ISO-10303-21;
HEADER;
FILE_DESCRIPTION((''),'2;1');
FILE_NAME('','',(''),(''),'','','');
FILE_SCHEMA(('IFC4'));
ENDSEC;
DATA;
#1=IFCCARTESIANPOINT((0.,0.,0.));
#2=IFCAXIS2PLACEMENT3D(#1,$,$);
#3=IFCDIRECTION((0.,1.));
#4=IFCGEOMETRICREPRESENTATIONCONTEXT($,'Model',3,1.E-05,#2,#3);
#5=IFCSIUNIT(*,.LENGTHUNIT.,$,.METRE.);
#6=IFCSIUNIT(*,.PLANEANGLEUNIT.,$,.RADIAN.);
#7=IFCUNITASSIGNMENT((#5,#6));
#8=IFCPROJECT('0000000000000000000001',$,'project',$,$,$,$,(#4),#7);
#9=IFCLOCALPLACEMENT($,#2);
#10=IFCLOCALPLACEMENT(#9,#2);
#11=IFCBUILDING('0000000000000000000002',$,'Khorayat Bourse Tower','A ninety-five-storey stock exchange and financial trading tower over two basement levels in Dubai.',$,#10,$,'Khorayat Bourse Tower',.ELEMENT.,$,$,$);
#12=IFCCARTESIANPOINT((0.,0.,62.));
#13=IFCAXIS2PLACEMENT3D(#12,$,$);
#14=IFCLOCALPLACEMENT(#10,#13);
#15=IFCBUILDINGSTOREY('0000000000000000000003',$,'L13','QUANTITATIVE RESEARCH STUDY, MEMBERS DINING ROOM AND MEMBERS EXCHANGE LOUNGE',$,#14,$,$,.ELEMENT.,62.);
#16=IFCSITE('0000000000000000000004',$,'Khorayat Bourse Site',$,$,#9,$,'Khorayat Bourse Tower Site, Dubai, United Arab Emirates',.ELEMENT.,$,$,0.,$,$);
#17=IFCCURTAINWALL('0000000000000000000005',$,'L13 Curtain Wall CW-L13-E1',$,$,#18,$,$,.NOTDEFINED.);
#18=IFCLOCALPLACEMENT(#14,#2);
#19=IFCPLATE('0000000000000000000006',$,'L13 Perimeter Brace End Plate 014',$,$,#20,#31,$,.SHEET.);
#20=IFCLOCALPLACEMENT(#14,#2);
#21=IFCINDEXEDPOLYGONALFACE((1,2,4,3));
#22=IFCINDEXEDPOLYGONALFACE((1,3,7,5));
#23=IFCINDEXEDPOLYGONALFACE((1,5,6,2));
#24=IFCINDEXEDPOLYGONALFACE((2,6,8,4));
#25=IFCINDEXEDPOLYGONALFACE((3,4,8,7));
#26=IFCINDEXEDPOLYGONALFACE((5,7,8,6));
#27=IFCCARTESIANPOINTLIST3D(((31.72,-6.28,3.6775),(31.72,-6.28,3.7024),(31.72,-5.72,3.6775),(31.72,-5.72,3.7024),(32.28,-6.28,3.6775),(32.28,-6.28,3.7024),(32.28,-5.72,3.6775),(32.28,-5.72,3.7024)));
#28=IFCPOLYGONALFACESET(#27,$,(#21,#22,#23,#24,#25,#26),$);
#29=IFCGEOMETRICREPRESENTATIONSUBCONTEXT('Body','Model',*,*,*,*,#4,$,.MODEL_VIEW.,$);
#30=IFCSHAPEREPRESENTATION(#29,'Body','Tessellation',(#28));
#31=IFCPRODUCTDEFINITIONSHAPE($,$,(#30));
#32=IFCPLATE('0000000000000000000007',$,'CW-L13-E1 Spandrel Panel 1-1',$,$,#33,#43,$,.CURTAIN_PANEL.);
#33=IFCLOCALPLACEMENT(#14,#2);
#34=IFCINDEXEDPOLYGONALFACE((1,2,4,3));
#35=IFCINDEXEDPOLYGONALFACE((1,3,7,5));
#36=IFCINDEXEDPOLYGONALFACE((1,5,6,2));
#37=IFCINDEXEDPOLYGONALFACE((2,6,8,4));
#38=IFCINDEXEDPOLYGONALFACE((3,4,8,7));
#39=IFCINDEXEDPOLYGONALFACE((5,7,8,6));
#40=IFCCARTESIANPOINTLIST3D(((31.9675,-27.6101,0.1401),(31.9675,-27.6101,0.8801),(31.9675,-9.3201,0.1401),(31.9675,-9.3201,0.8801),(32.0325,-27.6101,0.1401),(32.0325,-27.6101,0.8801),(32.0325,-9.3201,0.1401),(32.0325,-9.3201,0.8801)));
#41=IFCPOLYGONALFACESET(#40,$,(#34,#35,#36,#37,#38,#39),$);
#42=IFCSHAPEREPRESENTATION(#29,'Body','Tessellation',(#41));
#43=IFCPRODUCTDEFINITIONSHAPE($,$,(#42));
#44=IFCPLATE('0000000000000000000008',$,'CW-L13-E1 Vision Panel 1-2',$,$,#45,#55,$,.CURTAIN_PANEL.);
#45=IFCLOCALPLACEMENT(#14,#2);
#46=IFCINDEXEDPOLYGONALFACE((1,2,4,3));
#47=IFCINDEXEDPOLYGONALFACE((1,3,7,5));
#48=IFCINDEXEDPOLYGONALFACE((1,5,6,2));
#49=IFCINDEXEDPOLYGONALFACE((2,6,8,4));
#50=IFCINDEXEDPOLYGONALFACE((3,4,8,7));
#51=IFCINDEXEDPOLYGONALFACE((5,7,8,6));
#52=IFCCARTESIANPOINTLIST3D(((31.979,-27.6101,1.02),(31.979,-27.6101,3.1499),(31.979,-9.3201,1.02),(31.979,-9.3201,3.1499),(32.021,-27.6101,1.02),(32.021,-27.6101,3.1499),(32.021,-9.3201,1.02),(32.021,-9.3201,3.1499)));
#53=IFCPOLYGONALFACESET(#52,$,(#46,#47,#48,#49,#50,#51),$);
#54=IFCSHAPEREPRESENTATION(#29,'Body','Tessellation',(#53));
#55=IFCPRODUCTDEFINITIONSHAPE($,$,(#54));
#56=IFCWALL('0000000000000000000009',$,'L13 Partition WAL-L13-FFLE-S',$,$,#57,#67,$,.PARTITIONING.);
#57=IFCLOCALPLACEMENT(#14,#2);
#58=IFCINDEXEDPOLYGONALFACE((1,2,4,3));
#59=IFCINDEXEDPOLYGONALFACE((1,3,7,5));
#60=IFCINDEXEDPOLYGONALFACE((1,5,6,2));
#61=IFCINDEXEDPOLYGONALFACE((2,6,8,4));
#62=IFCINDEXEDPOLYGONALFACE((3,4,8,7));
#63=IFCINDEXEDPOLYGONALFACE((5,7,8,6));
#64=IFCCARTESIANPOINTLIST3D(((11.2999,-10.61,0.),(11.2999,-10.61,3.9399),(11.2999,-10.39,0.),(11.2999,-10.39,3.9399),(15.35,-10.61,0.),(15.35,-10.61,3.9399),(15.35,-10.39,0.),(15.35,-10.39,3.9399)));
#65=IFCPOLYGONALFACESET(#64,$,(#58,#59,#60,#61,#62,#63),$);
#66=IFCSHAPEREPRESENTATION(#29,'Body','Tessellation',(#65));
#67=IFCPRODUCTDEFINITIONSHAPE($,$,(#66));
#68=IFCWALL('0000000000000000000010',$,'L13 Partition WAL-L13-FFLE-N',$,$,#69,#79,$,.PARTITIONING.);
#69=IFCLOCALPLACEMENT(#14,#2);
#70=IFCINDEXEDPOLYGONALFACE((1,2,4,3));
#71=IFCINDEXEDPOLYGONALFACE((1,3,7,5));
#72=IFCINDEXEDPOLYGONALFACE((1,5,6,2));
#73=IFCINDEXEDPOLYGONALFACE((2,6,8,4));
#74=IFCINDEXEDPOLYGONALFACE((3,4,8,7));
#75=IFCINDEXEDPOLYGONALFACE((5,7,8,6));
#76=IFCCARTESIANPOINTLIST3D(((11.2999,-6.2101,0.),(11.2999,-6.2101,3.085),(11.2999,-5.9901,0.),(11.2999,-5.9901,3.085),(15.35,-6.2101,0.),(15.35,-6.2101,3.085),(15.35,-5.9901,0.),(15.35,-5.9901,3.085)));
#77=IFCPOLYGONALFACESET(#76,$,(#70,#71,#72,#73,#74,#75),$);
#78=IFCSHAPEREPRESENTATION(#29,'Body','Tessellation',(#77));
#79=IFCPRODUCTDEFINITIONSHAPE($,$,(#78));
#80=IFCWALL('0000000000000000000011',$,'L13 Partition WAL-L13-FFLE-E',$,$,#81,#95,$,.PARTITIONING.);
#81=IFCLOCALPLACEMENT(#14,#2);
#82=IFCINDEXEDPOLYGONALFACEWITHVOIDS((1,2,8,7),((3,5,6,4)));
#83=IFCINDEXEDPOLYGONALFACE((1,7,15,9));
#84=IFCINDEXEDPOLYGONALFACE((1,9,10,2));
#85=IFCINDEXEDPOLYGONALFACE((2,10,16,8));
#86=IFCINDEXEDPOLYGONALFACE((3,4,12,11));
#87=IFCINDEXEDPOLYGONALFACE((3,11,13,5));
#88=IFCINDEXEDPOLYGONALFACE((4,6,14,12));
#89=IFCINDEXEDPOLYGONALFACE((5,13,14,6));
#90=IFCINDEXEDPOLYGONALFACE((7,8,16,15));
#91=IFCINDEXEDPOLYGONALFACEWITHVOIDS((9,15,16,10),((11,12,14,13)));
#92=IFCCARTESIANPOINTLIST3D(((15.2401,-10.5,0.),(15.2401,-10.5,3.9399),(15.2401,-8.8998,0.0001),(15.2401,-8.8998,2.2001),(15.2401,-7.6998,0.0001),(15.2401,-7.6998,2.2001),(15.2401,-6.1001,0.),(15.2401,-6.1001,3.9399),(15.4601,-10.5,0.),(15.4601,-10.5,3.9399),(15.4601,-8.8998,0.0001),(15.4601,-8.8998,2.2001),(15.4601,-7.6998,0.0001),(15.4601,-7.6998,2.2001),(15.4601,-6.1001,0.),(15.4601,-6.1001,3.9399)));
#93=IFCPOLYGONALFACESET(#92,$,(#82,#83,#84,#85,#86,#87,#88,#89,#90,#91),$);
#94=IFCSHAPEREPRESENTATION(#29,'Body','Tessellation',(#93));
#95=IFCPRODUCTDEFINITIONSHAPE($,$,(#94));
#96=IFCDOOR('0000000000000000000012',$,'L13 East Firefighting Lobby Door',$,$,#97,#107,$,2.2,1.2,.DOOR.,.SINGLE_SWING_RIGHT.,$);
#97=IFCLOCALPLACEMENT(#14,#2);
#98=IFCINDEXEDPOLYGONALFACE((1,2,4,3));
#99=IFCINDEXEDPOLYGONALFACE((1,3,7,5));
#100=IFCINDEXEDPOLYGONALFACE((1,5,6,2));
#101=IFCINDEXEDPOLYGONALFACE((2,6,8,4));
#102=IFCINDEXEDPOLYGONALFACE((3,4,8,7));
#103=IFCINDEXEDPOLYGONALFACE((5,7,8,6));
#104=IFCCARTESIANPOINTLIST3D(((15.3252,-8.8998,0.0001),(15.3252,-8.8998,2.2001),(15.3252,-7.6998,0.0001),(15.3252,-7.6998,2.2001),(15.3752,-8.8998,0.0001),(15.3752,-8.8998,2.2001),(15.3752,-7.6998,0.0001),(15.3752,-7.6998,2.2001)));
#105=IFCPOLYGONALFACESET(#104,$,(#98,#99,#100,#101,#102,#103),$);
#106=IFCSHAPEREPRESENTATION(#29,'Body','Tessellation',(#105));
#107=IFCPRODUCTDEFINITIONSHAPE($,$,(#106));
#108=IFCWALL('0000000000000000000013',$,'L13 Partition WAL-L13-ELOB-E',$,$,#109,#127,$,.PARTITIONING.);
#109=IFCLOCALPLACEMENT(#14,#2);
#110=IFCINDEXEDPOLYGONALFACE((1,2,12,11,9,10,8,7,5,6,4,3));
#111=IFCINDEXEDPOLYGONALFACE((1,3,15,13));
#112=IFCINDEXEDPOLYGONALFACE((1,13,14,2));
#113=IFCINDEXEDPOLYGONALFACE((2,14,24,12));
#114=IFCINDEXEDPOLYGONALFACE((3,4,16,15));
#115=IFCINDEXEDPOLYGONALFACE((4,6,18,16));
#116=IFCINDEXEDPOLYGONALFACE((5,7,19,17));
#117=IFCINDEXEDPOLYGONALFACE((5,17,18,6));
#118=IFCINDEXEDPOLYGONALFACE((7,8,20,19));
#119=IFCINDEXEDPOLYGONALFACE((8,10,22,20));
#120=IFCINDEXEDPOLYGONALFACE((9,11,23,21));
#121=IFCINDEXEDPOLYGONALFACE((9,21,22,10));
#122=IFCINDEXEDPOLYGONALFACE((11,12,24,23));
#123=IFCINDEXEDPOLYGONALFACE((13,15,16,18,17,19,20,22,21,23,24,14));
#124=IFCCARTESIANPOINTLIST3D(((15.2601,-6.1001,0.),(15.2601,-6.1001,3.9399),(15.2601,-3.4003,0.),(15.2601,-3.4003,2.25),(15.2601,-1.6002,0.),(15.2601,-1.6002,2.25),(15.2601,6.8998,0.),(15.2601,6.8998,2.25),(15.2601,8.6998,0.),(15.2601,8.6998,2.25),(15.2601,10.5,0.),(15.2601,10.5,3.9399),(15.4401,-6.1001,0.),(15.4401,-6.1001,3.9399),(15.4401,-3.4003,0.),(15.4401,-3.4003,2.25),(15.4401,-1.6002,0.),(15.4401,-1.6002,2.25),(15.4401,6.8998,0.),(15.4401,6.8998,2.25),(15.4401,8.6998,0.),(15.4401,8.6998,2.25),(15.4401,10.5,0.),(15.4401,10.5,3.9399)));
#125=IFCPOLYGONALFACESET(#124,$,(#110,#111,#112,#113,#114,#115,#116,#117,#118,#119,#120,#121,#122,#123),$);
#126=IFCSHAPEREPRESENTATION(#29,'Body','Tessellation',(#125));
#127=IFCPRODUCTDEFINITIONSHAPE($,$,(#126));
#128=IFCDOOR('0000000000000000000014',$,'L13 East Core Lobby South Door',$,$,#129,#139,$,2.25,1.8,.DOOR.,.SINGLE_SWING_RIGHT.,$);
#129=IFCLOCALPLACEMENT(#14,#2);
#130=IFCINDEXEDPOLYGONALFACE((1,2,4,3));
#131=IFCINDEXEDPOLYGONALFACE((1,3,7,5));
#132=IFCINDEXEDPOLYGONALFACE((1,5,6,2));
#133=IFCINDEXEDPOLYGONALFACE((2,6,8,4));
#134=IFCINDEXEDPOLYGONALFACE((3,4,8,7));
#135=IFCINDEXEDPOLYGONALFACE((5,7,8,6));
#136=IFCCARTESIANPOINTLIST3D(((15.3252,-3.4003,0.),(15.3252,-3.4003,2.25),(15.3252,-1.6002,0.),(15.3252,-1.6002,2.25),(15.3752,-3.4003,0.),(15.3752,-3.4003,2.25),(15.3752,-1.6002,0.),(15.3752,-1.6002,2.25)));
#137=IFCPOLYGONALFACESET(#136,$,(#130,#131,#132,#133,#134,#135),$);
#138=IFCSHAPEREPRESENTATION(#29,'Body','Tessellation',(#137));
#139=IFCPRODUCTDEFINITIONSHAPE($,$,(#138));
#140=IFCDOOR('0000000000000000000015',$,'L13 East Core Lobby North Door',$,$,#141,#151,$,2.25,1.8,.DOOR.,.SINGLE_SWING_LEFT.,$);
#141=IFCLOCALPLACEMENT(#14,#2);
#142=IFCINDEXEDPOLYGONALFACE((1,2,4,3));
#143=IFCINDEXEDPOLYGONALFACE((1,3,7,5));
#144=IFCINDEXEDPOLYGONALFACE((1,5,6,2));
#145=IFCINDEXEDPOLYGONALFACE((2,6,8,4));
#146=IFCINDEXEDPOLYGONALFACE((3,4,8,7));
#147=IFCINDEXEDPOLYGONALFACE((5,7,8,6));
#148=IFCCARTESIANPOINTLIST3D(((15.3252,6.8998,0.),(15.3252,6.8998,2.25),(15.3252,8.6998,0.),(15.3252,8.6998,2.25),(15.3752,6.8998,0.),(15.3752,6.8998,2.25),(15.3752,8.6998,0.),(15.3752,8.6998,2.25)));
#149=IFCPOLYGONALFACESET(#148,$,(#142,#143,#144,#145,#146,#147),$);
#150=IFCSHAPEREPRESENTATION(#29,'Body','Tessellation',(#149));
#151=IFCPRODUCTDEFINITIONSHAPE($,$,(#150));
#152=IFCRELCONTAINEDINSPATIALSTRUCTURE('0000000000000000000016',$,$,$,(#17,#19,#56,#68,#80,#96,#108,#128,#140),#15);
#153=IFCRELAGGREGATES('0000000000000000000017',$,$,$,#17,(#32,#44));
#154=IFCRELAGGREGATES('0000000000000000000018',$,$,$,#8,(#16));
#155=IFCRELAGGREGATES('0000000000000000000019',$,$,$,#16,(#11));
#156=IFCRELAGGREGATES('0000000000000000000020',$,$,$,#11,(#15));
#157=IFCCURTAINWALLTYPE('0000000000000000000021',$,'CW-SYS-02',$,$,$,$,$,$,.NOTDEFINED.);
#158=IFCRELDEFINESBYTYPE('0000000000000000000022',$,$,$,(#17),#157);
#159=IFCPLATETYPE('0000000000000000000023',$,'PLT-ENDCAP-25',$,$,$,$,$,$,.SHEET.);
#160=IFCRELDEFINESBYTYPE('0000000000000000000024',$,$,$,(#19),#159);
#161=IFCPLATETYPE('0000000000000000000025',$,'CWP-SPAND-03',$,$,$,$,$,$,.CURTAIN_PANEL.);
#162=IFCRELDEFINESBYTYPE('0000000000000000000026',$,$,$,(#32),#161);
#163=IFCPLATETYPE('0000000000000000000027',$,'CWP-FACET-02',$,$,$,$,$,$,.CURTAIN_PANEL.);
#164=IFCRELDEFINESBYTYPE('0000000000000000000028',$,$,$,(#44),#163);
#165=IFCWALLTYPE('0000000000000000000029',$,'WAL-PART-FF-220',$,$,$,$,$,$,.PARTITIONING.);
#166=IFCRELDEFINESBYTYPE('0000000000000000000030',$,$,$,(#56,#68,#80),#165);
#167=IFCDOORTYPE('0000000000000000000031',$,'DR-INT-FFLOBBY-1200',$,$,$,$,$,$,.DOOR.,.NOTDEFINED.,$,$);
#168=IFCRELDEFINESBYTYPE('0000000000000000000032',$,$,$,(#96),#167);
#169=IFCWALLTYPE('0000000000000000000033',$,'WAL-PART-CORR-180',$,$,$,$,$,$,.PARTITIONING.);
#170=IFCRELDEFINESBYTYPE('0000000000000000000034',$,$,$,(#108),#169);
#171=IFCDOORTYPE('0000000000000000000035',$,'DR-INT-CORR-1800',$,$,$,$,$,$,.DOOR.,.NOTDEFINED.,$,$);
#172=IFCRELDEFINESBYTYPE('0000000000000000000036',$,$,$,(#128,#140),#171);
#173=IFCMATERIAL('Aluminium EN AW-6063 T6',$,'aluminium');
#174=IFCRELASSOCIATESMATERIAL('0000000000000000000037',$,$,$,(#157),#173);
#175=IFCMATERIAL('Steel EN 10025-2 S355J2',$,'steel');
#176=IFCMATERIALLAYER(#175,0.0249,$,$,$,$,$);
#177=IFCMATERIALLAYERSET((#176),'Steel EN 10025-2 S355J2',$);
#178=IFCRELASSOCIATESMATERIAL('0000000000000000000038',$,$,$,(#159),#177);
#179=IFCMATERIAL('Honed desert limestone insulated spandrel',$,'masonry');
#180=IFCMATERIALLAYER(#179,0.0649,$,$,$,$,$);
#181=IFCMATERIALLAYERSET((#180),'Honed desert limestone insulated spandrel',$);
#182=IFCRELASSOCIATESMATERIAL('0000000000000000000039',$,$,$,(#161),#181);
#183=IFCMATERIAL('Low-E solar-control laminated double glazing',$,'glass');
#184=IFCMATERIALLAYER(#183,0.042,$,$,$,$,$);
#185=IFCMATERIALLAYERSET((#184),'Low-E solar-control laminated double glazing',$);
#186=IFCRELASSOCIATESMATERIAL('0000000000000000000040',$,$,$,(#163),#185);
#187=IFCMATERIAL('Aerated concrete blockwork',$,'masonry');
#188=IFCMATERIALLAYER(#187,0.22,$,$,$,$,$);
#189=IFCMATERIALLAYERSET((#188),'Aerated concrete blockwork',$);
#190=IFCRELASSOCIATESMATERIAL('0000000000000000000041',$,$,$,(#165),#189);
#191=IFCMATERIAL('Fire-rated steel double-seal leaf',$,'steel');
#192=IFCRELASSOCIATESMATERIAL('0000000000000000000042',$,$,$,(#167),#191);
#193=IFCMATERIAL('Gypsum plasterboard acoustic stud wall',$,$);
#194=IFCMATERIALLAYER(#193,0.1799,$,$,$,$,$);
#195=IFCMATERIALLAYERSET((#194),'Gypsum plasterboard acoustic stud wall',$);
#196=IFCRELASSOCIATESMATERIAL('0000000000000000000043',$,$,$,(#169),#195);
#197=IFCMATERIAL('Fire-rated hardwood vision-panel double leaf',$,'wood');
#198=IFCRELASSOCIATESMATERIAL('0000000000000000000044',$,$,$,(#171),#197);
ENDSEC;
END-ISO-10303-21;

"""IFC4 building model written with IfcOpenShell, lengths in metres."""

from ifc_helpers import new_model, si_unit, direction, frame, frame_2d, origin, origin_2d, place, context, subcontext, project, spatial, rectangle, extrude, source, transform, mapped, material, layer, layer_set, type_object, element, fill, aggregate, save


model = new_model("IFC4")

# Units and contexts
model_context = context("Model", 3, precision=1e-05, world=origin(), true_north=direction((0.0, 1.0)))
body_context = subcontext(model_context, "Body", "Model", "MODEL_VIEW")
ifc_project = project(units=[si_unit("LENGTHUNIT", "METRE"), si_unit("PLANEANGLEUNIT", "RADIAN")], contexts=[model_context])

# Site, building, storey
site_placement = place(None, origin())
site = spatial("IfcSite", under=ifc_project, at=site_placement, Name="Khorayat Bourse Site", LongName="Khorayat Bourse Tower Site, Dubai, United Arab Emirates", CompositionType="ELEMENT", RefElevation=0.0)
building_placement = place(site_placement, origin())
building = spatial("IfcBuilding", under=site, at=building_placement, Name="Khorayat Bourse Tower", Description="A ninety-five-storey stock exchange and financial trading tower over two basement levels in Dubai.", LongName="Khorayat Bourse Tower", CompositionType="ELEMENT")
storey_placement = place(building_placement, frame((0.0, 0.0, 62.0)))
storey = spatial("IfcBuildingStorey", under=building, at=storey_placement, Name="L13", Description="QUANTITATIVE RESEARCH STUDY, MEMBERS DINING ROOM AND MEMBERS EXCHANGE LOUNGE", CompositionType="ELEMENT", Elevation=62.0)

# Curtain wall
ifc_material_1 = material(Name="Aluminium EN AW-6063 T6", Category="aluminium")
curtain_wall_type = type_object("IfcCurtainWallType", Name="CW-SYS-02", PredefinedType="NOTDEFINED", material=ifc_material_1)
curtain_wall_placement = place(storey_placement, origin())
curtain_wall = element("IfcCurtainWall", 1, at=curtain_wall_placement, inside=storey, type_object=curtain_wall_type, Name="L13 Curtain Wall CW-L13-E1", PredefinedType="NOTDEFINED")

# Plate
ifc_material_2 = material(Name="Steel EN 10025-2 S355J2", Category="steel")
ifc_layer_1 = layer(ifc_material_2, 0.0249)
ifc_layer_set_1 = layer_set([ifc_layer_1], Name="Steel EN 10025-2 S355J2")
plate_type_1 = type_object("IfcPlateType", Name="PLT-ENDCAP-25", PredefinedType="SHEET", material=ifc_layer_set_1)
shared_shape_1 = source(origin(), body_context, "Body", "SweptSolid", [
    extrude(rectangle(XDim=0.5601, YDim=0.5601, at=origin_2d()), origin(), (0.0, 0.0, 1.0), 0.0249),
])
for number, where, z_axis, x_axis, name in (
    (2, (32.0, -6.0, 3.6775), (0.0, 0.0, 1.0), (1.0, 0.0, 0.0), "L13 Perimeter Brace End Plate 014"),
):
    element("IfcPlate", number, at=place(storey_placement, frame(where, z_axis=z_axis, x_axis=x_axis)), inside=storey, type_object=plate_type_1, Name=name, PredefinedType="SHEET", context=body_context, shape_type="MappedRepresentation", body=[
        mapped(shared_shape_1, transform((0.0, 0.0, 0.0), scale=1.0)),
    ])

# Plates
ifc_material_3 = material(Name="Honed desert limestone insulated spandrel", Category="masonry")
ifc_layer_2 = layer(ifc_material_3, 0.0649)
ifc_layer_set_2 = layer_set([ifc_layer_2], Name="Honed desert limestone insulated spandrel")
plate_type_2 = type_object("IfcPlateType", Name="CWP-SPAND-03", PredefinedType="CURTAIN_PANEL", material=ifc_layer_set_2)
shared_shape_2 = source(origin(), body_context, "Body", "SweptSolid", [
    extrude(rectangle(XDim=18.29, YDim=0.0649, at=origin_2d()), origin(), (0.0, 0.0, 1.0), 0.74),
])
plate_1_placement = place(storey_placement, frame((32.0, -18.4651, 0.1401), z_axis=(0.0, 0.0, 1.0), x_axis=(0.0, 1.0, 0.0)))
plate_1 = element("IfcPlate", 3, at=plate_1_placement, type_object=plate_type_2, Name="CW-L13-E1 Spandrel Panel 1-1", PredefinedType="CURTAIN_PANEL", context=body_context, shape_type="MappedRepresentation", body=[
    mapped(shared_shape_2, transform((0.0, 0.0, 0.0), scale=1.0)),
])
ifc_material_4 = material(Name="Low-E solar-control laminated double glazing", Category="glass")
ifc_layer_3 = layer(ifc_material_4, 0.042)
ifc_layer_set_3 = layer_set([ifc_layer_3], Name="Low-E solar-control laminated double glazing")
plate_type_3 = type_object("IfcPlateType", Name="CWP-FACET-02", PredefinedType="CURTAIN_PANEL", material=ifc_layer_set_3)
shared_shape_3 = source(origin(), body_context, "Body", "SweptSolid", [
    extrude(rectangle(XDim=18.29, YDim=0.042, at=origin_2d()), origin(), (0.0, 0.0, 1.0), 2.1299),
])
plate_2_placement = place(storey_placement, frame((32.0, -18.4651, 1.02), z_axis=(0.0, 0.0, 1.0), x_axis=(0.0, 1.0, 0.0)))
plate_2 = element("IfcPlate", 4, at=plate_2_placement, type_object=plate_type_3, Name="CW-L13-E1 Vision Panel 1-2", PredefinedType="CURTAIN_PANEL", context=body_context, shape_type="MappedRepresentation", body=[
    mapped(shared_shape_3, transform((0.0, 0.0, 0.0), scale=1.0)),
])
aggregate(curtain_wall, [plate_1, plate_2])

# Walls
ifc_material_5 = material(Name="Aerated concrete blockwork", Category="masonry")
ifc_layer_4 = layer(ifc_material_5, 0.22)
ifc_layer_set_4 = layer_set([ifc_layer_4], Name="Aerated concrete blockwork")
wall_type_1 = type_object("IfcWallType", Name="WAL-PART-FF-220", PredefinedType="PARTITIONING", material=ifc_layer_set_4)
shared_shape_4 = source(origin(), body_context, "Body", "SweptSolid", [
    extrude(rectangle(XDim=4.05, YDim=0.22, at=frame_2d((2.0249, 0.0))), origin(), (0.0, 0.0, 1.0), 3.9399),
])
wall_1_placement = place(storey_placement, frame((11.3, -10.5, 0.0), z_axis=(0.0, 0.0, 1.0), x_axis=(1.0, 0.0, 0.0)))
element("IfcWall", 5, at=wall_1_placement, inside=storey, type_object=wall_type_1, Name="L13 Partition WAL-L13-FFLE-S", PredefinedType="PARTITIONING", context=body_context, shape_type="MappedRepresentation", body=[
    mapped(shared_shape_4, transform((0.0, 0.0, 0.0), scale=1.0)),
])
shared_shape_5 = source(origin(), body_context, "Body", "SweptSolid", [
    extrude(rectangle(XDim=4.05, YDim=0.22, at=frame_2d((2.0249, 0.0))), origin(), (0.0, 0.0, 1.0), 3.085),
])
wall_2_placement = place(storey_placement, frame((11.3, -6.1001, 0.0), z_axis=(0.0, 0.0, 1.0), x_axis=(1.0, 0.0, 0.0)))
element("IfcWall", 6, at=wall_2_placement, inside=storey, type_object=wall_type_1, Name="L13 Partition WAL-L13-FFLE-N", PredefinedType="PARTITIONING", context=body_context, shape_type="MappedRepresentation", body=[
    mapped(shared_shape_5, transform((0.0, 0.0, 0.0), scale=1.0)),
])

# Wall, opening, door
shared_shape_6 = source(origin(), body_context, "Body", "SweptSolid", [
    extrude(rectangle(XDim=4.3999, YDim=0.22, at=frame_2d((2.2, 0.0))), origin(), (0.0, 0.0, 1.0), 3.9399),
])
wall_3_placement = place(storey_placement, frame((15.3501, -10.5, 0.0), z_axis=(0.0, 0.0, 1.0), x_axis=(0.0, 1.0, 0.0)))
wall_3 = element("IfcWall", 7, at=wall_3_placement, inside=storey, type_object=wall_type_1, Name="L13 Partition WAL-L13-FFLE-E", PredefinedType="PARTITIONING", context=body_context, shape_type="MappedRepresentation", body=[
    mapped(shared_shape_6, transform((0.0, 0.0, 0.0), scale=1.0)),
])
shared_shape_7 = source(origin(), body_context, "Body", "SweptSolid", [
    extrude(rectangle(XDim=1.2, YDim=2.2, at=frame_2d((0.6001, 1.1001))), frame((0.0, 0.1199, 0.0), z_axis=(0.0, -1.0, 0.0), x_axis=(1.0, 0.0, 0.0)), (0.0, 0.0, 1.0), 0.24),
])
opening_1_placement = place(wall_3_placement, frame((1.6001, 0.0, 0.0)))
opening_1 = element("IfcOpeningElement", 8, at=opening_1_placement, cuts=wall_3, PredefinedType="OPENING", context=body_context, shape_type="MappedRepresentation", body=[
    mapped(shared_shape_7, transform((0.0, 0.0, 0.0), scale=1.0)),
])
ifc_material_6 = material(Name="Fire-rated steel double-seal leaf", Category="steel")
door_type_1 = type_object("IfcDoorType", Name="DR-INT-FFLOBBY-1200", OperationType="NOTDEFINED", PredefinedType="DOOR", material=ifc_material_6)
shared_shape_8 = source(origin(), body_context, "Body", "SweptSolid", [
    extrude(rectangle(XDim=1.2, YDim=2.2, at=frame_2d((0.6001, 1.1001))), frame((0.0, 0.0249, 0.0), z_axis=(0.0, -1.0, 0.0), x_axis=(1.0, 0.0, 0.0)), (0.0, 0.0, 1.0), 0.05),
])
door_1_placement = place(opening_1_placement, origin())
door_1 = element("IfcDoor", 9, at=door_1_placement, inside=storey, type_object=door_type_1, Name="L13 East Firefighting Lobby Door", OperationType="SINGLE_SWING_RIGHT", OverallHeight=2.2, OverallWidth=1.2, PredefinedType="DOOR", context=body_context, shape_type="MappedRepresentation", body=[
    mapped(shared_shape_8, transform((0.0, 0.0, 0.0), scale=1.0)),
])
fill(opening_1, door_1)

# Wall, openings, doors
ifc_material_7 = material(Name="Gypsum plasterboard acoustic stud wall")
ifc_layer_5 = layer(ifc_material_7, 0.1799)
ifc_layer_set_5 = layer_set([ifc_layer_5], Name="Gypsum plasterboard acoustic stud wall")
wall_type_2 = type_object("IfcWallType", Name="WAL-PART-CORR-180", PredefinedType="PARTITIONING", material=ifc_layer_set_5)
shared_shape_9 = source(origin(), body_context, "Body", "SweptSolid", [
    extrude(rectangle(XDim=16.6001, YDim=0.1799, at=frame_2d((8.3, 0.0))), origin(), (0.0, 0.0, 1.0), 3.9399),
])
wall_4_placement = place(storey_placement, frame((15.3501, -6.1001, 0.0), z_axis=(0.0, 0.0, 1.0), x_axis=(0.0, 1.0, 0.0)))
wall_4 = element("IfcWall", 10, at=wall_4_placement, inside=storey, type_object=wall_type_2, Name="L13 Partition WAL-L13-ELOB-E", PredefinedType="PARTITIONING", context=body_context, shape_type="MappedRepresentation", body=[
    mapped(shared_shape_9, transform((0.0, 0.0, 0.0), scale=1.0)),
])
shared_shape_10 = source(origin(), body_context, "Body", "SweptSolid", [
    extrude(rectangle(XDim=1.8, YDim=2.25, at=frame_2d((0.8999, 1.125))), frame((0.0, 0.0999, 0.0), z_axis=(0.0, -1.0, 0.0), x_axis=(1.0, 0.0, 0.0)), (0.0, 0.0, 1.0), 0.2),
])
opening_2_placement = place(wall_4_placement, frame((2.7, 0.0, 0.0)))
opening_2 = element("IfcOpeningElement", 11, at=opening_2_placement, cuts=wall_4, PredefinedType="OPENING", context=body_context, shape_type="MappedRepresentation", body=[
    mapped(shared_shape_10, transform((0.0, 0.0, 0.0), scale=1.0)),
])
opening_3_placement = place(wall_4_placement, frame((13.0, 0.0, 0.0)))
opening_3 = element("IfcOpeningElement", 12, at=opening_3_placement, cuts=wall_4, PredefinedType="OPENING", context=body_context, shape_type="MappedRepresentation", body=[
    mapped(shared_shape_10, transform((0.0, 0.0, 0.0), scale=1.0)),
])
ifc_material_8 = material(Name="Fire-rated hardwood vision-panel double leaf", Category="wood")
door_type_2 = type_object("IfcDoorType", Name="DR-INT-CORR-1800", OperationType="NOTDEFINED", PredefinedType="DOOR", material=ifc_material_8)
shared_shape_11 = source(origin(), body_context, "Body", "SweptSolid", [
    extrude(rectangle(XDim=1.8, YDim=2.25, at=frame_2d((0.8999, 1.125))), frame((0.0, 0.0249, 0.0), z_axis=(0.0, -1.0, 0.0), x_axis=(1.0, 0.0, 0.0)), (0.0, 0.0, 1.0), 0.05),
])
door_2_placement = place(opening_2_placement, origin())
door_2 = element("IfcDoor", 13, at=door_2_placement, inside=storey, type_object=door_type_2, Name="L13 East Core Lobby South Door", OperationType="SINGLE_SWING_RIGHT", OverallHeight=2.25, OverallWidth=1.8, PredefinedType="DOOR", context=body_context, shape_type="MappedRepresentation", body=[
    mapped(shared_shape_11, transform((0.0, 0.0, 0.0), scale=1.0)),
])
fill(opening_2, door_2)
door_3_placement = place(opening_3_placement, origin())
door_3 = element("IfcDoor", 14, at=door_3_placement, inside=storey, type_object=door_type_2, Name="L13 East Core Lobby North Door", OperationType="SINGLE_SWING_LEFT", OverallHeight=2.25, OverallWidth=1.8, PredefinedType="DOOR", context=body_context, shape_type="MappedRepresentation", body=[
    mapped(shared_shape_11, transform((0.0, 0.0, 0.0), scale=1.0)),
])
fill(opening_3, door_3)

save(model, "model.ifc")
